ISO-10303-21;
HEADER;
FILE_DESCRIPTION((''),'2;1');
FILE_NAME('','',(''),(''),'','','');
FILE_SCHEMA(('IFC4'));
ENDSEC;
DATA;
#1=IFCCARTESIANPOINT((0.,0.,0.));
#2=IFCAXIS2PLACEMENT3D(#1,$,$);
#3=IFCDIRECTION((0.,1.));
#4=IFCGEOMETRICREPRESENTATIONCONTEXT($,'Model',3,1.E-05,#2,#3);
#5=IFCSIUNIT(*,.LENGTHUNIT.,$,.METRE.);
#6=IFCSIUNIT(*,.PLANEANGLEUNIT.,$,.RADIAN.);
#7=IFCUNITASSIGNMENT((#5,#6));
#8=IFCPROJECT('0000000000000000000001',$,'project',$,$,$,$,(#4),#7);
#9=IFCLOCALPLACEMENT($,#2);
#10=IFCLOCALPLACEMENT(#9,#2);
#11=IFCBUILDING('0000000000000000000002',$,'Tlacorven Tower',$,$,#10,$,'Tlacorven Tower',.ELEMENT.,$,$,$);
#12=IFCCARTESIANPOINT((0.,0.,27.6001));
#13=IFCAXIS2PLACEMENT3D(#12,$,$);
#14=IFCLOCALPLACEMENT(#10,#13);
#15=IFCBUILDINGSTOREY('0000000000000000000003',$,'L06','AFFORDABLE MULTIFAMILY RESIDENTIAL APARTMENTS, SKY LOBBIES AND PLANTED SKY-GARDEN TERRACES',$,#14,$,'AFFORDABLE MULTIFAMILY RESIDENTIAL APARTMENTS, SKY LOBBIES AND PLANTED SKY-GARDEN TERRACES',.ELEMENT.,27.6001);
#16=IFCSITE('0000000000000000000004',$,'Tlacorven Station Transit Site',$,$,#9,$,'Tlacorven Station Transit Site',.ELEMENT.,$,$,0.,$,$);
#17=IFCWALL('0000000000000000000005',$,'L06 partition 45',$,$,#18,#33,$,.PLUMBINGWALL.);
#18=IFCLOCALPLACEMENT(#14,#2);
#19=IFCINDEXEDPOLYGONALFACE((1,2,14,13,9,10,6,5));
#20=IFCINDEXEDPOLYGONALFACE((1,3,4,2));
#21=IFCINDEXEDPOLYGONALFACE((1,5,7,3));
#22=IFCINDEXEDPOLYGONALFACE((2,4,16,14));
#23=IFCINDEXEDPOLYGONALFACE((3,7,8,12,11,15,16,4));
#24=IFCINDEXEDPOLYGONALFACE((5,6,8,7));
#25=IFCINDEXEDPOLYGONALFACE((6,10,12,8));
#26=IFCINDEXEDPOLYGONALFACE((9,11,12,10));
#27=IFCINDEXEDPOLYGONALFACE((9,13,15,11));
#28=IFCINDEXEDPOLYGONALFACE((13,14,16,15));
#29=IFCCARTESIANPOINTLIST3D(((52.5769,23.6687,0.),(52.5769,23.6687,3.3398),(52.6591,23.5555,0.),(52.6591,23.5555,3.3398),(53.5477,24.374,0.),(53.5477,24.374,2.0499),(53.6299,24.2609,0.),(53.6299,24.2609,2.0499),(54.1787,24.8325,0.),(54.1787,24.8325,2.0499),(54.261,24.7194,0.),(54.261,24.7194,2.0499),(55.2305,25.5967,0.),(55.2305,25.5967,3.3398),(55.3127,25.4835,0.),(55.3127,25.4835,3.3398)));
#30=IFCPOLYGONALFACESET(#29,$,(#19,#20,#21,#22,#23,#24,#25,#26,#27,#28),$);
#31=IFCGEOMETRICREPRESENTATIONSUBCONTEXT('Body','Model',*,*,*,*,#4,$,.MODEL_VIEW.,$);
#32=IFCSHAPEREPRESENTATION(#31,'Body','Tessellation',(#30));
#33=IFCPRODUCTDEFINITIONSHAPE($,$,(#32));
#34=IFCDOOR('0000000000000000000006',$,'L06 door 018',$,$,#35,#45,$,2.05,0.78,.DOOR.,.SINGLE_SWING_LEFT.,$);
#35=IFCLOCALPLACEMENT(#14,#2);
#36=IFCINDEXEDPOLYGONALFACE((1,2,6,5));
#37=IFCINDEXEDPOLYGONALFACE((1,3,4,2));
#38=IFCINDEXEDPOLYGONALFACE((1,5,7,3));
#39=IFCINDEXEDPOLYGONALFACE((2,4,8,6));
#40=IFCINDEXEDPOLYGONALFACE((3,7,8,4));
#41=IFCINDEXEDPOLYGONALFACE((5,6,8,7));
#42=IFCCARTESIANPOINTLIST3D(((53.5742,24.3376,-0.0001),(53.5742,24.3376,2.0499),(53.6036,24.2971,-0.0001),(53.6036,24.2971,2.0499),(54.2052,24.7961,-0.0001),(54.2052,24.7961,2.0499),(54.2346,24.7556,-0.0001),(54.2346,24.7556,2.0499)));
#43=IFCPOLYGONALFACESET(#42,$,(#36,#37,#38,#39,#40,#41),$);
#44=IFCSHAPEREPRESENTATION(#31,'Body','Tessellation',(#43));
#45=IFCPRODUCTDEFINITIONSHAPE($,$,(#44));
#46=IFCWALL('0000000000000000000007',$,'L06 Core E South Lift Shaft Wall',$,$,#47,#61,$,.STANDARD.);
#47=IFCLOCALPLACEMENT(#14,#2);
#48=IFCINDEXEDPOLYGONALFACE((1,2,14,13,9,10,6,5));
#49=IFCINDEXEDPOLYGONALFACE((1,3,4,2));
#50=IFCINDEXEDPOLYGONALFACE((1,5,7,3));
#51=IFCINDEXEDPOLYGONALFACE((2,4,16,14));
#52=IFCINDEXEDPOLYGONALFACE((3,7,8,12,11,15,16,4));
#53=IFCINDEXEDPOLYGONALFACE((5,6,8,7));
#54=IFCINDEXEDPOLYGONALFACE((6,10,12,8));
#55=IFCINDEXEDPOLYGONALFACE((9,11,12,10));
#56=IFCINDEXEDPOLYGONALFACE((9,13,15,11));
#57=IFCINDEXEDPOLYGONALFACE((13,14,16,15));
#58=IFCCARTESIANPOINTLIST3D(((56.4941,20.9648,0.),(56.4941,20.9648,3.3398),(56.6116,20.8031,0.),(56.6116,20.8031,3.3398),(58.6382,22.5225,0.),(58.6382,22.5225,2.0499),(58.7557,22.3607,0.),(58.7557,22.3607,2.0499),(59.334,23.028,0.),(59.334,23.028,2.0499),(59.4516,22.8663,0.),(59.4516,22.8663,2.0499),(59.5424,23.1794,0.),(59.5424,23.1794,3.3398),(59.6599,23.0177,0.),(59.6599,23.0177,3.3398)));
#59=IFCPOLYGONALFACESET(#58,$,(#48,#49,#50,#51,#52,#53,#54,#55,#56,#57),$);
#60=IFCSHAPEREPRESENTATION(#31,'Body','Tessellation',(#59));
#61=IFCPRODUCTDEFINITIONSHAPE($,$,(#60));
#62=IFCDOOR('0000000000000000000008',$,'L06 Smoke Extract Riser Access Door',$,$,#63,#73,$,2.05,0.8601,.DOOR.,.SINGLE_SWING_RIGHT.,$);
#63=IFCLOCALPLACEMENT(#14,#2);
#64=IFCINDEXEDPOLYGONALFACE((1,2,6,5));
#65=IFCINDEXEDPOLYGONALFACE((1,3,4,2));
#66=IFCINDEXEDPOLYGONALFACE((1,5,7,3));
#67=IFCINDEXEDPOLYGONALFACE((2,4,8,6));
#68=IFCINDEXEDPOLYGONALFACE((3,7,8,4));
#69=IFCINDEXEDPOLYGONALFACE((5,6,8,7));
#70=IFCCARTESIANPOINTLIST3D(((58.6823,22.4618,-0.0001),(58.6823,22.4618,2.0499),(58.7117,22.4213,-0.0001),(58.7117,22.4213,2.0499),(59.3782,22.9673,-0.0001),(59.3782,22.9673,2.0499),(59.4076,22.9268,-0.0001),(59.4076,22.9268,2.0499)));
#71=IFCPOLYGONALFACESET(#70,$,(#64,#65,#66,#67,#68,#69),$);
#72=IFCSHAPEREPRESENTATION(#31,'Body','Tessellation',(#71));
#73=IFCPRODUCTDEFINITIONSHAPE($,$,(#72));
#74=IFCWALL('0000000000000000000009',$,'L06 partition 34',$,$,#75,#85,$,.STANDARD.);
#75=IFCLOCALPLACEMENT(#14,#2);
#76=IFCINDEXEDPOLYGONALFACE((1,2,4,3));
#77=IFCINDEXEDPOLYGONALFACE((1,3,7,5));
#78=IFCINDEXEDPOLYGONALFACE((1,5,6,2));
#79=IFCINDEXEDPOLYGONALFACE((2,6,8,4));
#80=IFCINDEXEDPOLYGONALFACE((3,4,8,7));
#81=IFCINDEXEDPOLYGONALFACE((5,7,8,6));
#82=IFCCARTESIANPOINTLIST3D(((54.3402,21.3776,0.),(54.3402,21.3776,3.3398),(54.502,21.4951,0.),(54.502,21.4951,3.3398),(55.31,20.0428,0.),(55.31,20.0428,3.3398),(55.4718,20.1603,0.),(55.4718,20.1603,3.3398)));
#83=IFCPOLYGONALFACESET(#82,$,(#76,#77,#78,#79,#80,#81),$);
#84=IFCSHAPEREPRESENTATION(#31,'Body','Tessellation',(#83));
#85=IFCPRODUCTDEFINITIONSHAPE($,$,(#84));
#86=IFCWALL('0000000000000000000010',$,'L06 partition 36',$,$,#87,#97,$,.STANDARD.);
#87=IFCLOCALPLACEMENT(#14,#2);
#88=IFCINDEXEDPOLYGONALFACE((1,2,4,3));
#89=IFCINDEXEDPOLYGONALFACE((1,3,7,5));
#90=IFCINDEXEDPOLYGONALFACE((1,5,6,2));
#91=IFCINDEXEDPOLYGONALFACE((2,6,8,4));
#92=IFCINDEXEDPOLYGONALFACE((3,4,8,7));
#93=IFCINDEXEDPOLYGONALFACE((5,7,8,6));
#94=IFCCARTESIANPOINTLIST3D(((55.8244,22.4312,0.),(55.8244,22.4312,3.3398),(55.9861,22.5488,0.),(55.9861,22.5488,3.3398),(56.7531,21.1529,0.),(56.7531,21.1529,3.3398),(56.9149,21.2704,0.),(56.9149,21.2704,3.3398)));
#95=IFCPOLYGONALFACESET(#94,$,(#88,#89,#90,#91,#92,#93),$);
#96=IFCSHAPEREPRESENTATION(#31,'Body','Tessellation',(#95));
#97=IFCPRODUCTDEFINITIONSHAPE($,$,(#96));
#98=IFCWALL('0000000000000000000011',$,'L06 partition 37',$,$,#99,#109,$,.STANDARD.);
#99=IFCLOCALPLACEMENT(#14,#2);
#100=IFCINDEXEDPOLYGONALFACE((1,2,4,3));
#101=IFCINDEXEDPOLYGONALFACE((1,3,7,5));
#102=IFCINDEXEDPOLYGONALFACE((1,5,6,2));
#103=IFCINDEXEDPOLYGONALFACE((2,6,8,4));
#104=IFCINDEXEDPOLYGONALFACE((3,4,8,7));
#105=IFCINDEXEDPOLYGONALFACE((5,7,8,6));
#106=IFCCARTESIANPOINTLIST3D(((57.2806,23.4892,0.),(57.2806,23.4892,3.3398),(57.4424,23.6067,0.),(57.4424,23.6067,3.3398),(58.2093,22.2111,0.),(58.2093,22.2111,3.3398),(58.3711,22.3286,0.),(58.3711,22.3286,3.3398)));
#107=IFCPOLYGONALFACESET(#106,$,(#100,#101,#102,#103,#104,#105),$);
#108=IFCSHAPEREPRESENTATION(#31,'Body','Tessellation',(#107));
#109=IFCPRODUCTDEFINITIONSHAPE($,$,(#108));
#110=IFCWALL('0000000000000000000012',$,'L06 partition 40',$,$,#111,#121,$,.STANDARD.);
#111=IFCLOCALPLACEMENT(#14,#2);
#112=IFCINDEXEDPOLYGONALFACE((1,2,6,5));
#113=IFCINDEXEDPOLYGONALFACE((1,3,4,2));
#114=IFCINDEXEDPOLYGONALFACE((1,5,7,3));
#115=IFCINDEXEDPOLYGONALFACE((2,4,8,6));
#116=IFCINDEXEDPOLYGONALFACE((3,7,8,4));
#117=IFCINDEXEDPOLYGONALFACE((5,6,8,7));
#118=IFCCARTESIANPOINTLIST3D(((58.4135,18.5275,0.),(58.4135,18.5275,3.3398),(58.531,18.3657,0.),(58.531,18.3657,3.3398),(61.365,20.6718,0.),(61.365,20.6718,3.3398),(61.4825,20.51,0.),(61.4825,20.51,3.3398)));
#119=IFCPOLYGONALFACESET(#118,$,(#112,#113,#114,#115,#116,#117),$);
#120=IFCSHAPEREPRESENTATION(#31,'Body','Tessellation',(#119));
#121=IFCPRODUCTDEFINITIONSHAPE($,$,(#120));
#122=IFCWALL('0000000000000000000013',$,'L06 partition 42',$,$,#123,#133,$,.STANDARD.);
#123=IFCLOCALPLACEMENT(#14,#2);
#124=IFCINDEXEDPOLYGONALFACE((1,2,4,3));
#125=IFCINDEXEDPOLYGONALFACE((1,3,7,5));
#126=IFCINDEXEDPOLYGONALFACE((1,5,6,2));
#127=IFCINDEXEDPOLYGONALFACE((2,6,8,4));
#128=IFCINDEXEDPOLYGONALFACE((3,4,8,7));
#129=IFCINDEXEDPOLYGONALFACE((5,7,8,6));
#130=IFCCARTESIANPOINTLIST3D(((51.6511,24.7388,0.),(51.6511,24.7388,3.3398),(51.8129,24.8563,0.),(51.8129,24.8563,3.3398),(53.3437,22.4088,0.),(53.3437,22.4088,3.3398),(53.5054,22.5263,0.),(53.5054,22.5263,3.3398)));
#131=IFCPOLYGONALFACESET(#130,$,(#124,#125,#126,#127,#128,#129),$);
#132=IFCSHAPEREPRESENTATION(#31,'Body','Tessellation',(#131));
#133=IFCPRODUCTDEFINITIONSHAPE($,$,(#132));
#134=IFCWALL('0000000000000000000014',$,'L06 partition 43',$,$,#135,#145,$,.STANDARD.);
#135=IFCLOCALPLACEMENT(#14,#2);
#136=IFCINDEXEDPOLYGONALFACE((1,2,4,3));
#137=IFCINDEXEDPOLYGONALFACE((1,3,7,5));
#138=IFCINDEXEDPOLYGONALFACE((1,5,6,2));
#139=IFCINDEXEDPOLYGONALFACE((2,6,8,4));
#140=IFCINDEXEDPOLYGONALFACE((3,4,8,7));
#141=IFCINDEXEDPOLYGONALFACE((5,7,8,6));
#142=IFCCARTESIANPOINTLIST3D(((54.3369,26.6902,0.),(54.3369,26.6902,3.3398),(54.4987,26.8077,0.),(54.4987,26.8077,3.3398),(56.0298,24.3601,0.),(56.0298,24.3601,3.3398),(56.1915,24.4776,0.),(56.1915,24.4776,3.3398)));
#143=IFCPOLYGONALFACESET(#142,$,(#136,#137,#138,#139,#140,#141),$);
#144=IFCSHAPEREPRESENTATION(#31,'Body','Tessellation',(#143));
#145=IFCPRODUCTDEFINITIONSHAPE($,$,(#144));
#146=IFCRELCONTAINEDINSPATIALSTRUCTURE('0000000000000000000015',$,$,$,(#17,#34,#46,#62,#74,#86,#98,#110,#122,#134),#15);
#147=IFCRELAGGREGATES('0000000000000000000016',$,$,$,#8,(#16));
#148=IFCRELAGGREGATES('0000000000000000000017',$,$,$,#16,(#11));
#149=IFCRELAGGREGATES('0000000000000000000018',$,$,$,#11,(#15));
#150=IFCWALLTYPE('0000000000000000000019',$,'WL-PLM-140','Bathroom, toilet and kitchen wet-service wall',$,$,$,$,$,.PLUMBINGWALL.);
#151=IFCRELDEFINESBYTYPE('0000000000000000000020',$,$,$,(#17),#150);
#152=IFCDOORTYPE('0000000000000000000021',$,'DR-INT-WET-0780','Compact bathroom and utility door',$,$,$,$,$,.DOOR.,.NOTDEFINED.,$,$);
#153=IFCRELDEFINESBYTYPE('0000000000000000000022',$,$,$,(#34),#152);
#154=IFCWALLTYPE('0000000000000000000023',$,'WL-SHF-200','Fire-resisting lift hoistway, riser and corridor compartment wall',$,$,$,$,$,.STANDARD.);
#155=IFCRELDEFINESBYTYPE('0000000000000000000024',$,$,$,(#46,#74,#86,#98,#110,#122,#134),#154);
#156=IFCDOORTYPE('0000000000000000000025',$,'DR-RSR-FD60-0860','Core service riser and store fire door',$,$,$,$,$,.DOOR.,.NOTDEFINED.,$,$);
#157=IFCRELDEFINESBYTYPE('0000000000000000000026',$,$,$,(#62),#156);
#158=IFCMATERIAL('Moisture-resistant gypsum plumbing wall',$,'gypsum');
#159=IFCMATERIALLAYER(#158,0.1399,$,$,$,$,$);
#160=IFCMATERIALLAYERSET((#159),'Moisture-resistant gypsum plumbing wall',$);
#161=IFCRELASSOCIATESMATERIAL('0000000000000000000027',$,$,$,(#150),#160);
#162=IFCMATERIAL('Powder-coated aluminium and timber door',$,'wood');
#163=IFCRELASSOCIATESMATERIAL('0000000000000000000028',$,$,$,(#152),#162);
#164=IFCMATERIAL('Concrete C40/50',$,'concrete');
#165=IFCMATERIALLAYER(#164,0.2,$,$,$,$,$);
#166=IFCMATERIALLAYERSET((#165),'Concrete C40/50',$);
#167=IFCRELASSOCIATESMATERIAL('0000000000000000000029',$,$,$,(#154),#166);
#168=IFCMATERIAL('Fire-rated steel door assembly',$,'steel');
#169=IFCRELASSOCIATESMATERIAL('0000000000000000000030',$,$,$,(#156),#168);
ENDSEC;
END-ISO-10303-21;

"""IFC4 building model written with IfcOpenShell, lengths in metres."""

from ifc_helpers import new_model, si_unit, direction, frame, frame_2d, origin, place, context, subcontext, project, spatial, rectangle, extrude, source, transform, mapped, material, layer, layer_set, type_object, element, fill, save


model = new_model("IFC4")

# Units and contexts
model_context = context("Model", 3, precision=1e-05, world=origin(), true_north=direction((0.0, 1.0)))
body_context = subcontext(model_context, "Body", "Model", "MODEL_VIEW")
ifc_project = project(units=[si_unit("LENGTHUNIT", "METRE"), si_unit("PLANEANGLEUNIT", "RADIAN")], contexts=[model_context])

# Site, building, storey
site_placement = place(None, origin())
site = spatial("IfcSite", under=ifc_project, at=site_placement, Name="Tlacorven Station Transit Site", LongName="Tlacorven Station Transit Site", CompositionType="ELEMENT", RefElevation=0.0)
building_placement = place(site_placement, origin())
building = spatial("IfcBuilding", under=site, at=building_placement, Name="Tlacorven Tower", LongName="Tlacorven Tower", CompositionType="ELEMENT")
storey_placement = place(building_placement, frame((0.0, 0.0, 27.6001)))
storey = spatial("IfcBuildingStorey", under=building, at=storey_placement, Name="L06", Description="AFFORDABLE MULTIFAMILY RESIDENTIAL APARTMENTS, SKY LOBBIES AND PLANTED SKY-GARDEN TERRACES", LongName="AFFORDABLE MULTIFAMILY RESIDENTIAL APARTMENTS, SKY LOBBIES AND PLANTED SKY-GARDEN TERRACES", CompositionType="ELEMENT", Elevation=27.6001)

# Walls, openings, doors
ifc_material_1 = material(Name="Moisture-resistant gypsum plumbing wall", Category="gypsum")
ifc_layer_1 = layer(ifc_material_1, 0.1399)
ifc_layer_set_1 = layer_set([ifc_layer_1], Name="Moisture-resistant gypsum plumbing wall")
wall_type_1 = type_object("IfcWallType", Name="WL-PLM-140", Description="Bathroom, toilet and kitchen wet-service wall", PredefinedType="PLUMBINGWALL", material=ifc_layer_set_1)
wall_1_placement = place(storey_placement, frame((52.6179, 23.6121, 0.0), z_axis=(0.0, 0.0, 1.0), x_axis=(0.80901, 0.587795, 0.0)))
wall_1 = element("IfcWall", 1, at=wall_1_placement, inside=storey, type_object=wall_type_1, Name="L06 partition 45", PredefinedType="PLUMBINGWALL", context=body_context, shape_type="SweptSolid", body=[
    extrude(rectangle(XDim=3.28, YDim=0.1399, at=frame_2d((1.6401, 0.0))), origin(), (0.0, 0.0, 1.0), 3.3398),
])
opening_1_placement = place(wall_1_placement, frame((1.2, 0.0, 0.0)))
opening_1 = element("IfcOpeningElement", 2, at=opening_1_placement, cuts=wall_1, PredefinedType="OPENING", context=body_context, shape_type="SweptSolid", body=[
    extrude(rectangle(XDim=0.78, YDim=2.05, at=frame_2d((0.3901, 1.0249))), frame((0.0, 0.0801, 0.0), z_axis=(0.0, -1.0, 0.0), x_axis=(1.0, 0.0, 0.0)), (0.0, 0.0, 1.0), 0.1599),
])
ifc_material_2 = material(Name="Powder-coated aluminium and timber door", Category="wood")
door_type_1 = type_object("IfcDoorType", Name="DR-INT-WET-0780", Description="Compact bathroom and utility door", OperationType="NOTDEFINED", PredefinedType="DOOR", material=ifc_material_2)
shared_shape_1 = source(origin(), body_context, "Body", "SweptSolid", [
    extrude(rectangle(XDim=0.78, YDim=2.05, at=frame_2d((0.3901, 1.0249))), frame((0.0, 0.0249, 0.0), z_axis=(0.0, -1.0, 0.0), x_axis=(1.0, 0.0, 0.0)), (0.0, 0.0, 1.0), 0.05),
])
door_1_placement = place(opening_1_placement, origin())
door_1 = element("IfcDoor", 3, at=door_1_placement, inside=storey, type_object=door_type_1, Name="L06 door 018", OperationType="SINGLE_SWING_LEFT", OverallHeight=2.05, OverallWidth=0.78, PredefinedType="DOOR", context=body_context, shape_type="MappedRepresentation", body=[
    mapped(shared_shape_1, transform((0.0, 0.0, 0.0), scale=1.0)),
])
fill(opening_1, door_1)
ifc_material_3 = material(Name="Concrete C40/50", Category="concrete")
ifc_layer_2 = layer(ifc_material_3, 0.2)
ifc_layer_set_2 = layer_set([ifc_layer_2], Name="Concrete C40/50")
wall_type_2 = type_object("IfcWallType", Name="WL-SHF-200", Description="Fire-resisting lift hoistway, riser and corridor compartment wall", PredefinedType="STANDARD", material=ifc_layer_set_2)
wall_2_placement = place(storey_placement, frame((56.553, 20.884, 0.0), z_axis=(0.0, 0.0, 1.0), x_axis=(0.809036, 0.587759, 0.0)))
wall_2 = element("IfcWall", 4, at=wall_2_placement, inside=storey, type_object=wall_type_2, Name="L06 Core E South Lift Shaft Wall", PredefinedType="STANDARD", context=body_context, shape_type="SweptSolid", body=[
    extrude(rectangle(XDim=3.7678, YDim=0.2, at=frame_2d((1.8838, 0.0))), origin(), (0.0, 0.0, 1.0), 3.3398),
])
opening_2_placement = place(wall_2_placement, frame((2.6499, 0.0, 0.0)))
opening_2 = element("IfcOpeningElement", 5, at=opening_2_placement, cuts=wall_2, PredefinedType="OPENING", context=body_context, shape_type="SweptSolid", body=[
    extrude(rectangle(XDim=0.8601, YDim=2.05, at=frame_2d((0.4302, 1.0249))), frame((0.0, 0.1099, 0.0), z_axis=(0.0, -1.0, 0.0), x_axis=(1.0, 0.0, 0.0)), (0.0, 0.0, 1.0), 0.22),
])
ifc_material_4 = material(Name="Fire-rated steel door assembly", Category="steel")
door_type_2 = type_object("IfcDoorType", Name="DR-RSR-FD60-0860", Description="Core service riser and store fire door", OperationType="NOTDEFINED", PredefinedType="DOOR", material=ifc_material_4)
shared_shape_2 = source(origin(), body_context, "Body", "SweptSolid", [
    extrude(rectangle(XDim=0.8601, YDim=2.05, at=frame_2d((0.4302, 1.0249))), frame((0.0, 0.0249, 0.0), z_axis=(0.0, -1.0, 0.0), x_axis=(1.0, 0.0, 0.0)), (0.0, 0.0, 1.0), 0.05),
])
door_2_placement = place(opening_2_placement, origin())
door_2 = element("IfcDoor", 6, at=door_2_placement, inside=storey, type_object=door_type_2, Name="L06 Smoke Extract Riser Access Door", OperationType="SINGLE_SWING_RIGHT", OverallHeight=2.05, OverallWidth=0.8601, PredefinedType="DOOR", context=body_context, shape_type="MappedRepresentation", body=[
    mapped(shared_shape_2, transform((0.0, 0.0, 0.0), scale=1.0)),
])
fill(opening_2, door_2)

# Walls
wall_3_placement = place(storey_placement, frame((55.3909, 20.1016, 0.0), z_axis=(0.0, 0.0, 1.0), x_axis=(-0.587784, 0.809018, 0.0)))
element("IfcWall", 7, at=wall_3_placement, inside=storey, type_object=wall_type_2, Name="L06 partition 34", PredefinedType="STANDARD", context=body_context, shape_type="SweptSolid", body=[
    extrude(rectangle(XDim=1.6499, YDim=0.2, at=frame_2d((0.825, 0.0))), origin(), (0.0, 0.0, 1.0), 3.3398),
])
wall_4_placement = place(storey_placement, frame((56.834, 21.2117, 0.0), z_axis=(0.0, 0.0, 1.0), x_axis=(-0.587767, 0.80903, 0.0)))
element("IfcWall", 8, at=wall_4_placement, inside=storey, type_object=wall_type_2, Name="L06 partition 36", PredefinedType="STANDARD", context=body_context, shape_type="SweptSolid", body=[
    extrude(rectangle(XDim=1.5801, YDim=0.2, at=frame_2d((0.79, 0.0))), origin(), (0.0, 0.0, 1.0), 3.3398),
])
wall_5_placement = place(storey_placement, frame((58.2903, 22.2698, 0.0), z_axis=(0.0, 0.0, 1.0), x_axis=(-0.587841, 0.808977, 0.0)))
element("IfcWall", 9, at=wall_5_placement, inside=storey, type_object=wall_type_2, Name="L06 partition 37", PredefinedType="STANDARD", context=body_context, shape_type="SweptSolid", body=[
    extrude(rectangle(XDim=1.5798, YDim=0.2, at=frame_2d((0.79, 0.0))), origin(), (0.0, 0.0, 1.0), 3.3398),
])
wall_6_placement = place(storey_placement, frame((58.4722, 18.4465, 0.0), z_axis=(0.0, 0.0, 1.0), x_axis=(0.809022, 0.587778, 0.0)))
element("IfcWall", 10, at=wall_6_placement, inside=storey, type_object=wall_type_2, Name="L06 partition 40", PredefinedType="STANDARD", context=body_context, shape_type="SweptSolid", body=[
    extrude(rectangle(XDim=3.6482, YDim=0.2, at=frame_2d((1.8242, 0.0))), origin(), (0.0, 0.0, 1.0), 3.3398),
])
wall_7_placement = place(storey_placement, frame((53.4246, 22.4675, 0.0), z_axis=(0.0, 0.0, 1.0), x_axis=(-0.587723, 0.809062, 0.0)))
element("IfcWall", 11, at=wall_7_placement, inside=storey, type_object=wall_type_2, Name="L06 partition 42", PredefinedType="STANDARD", context=body_context, shape_type="SweptSolid", body=[
    extrude(rectangle(XDim=2.8799, YDim=0.2, at=frame_2d((1.4399, 0.0))), origin(), (0.0, 0.0, 1.0), 3.3398),
])
wall_8_placement = place(storey_placement, frame((56.1106, 24.4189, 0.0), z_axis=(0.0, 0.0, 1.0), x_axis=(-0.587778, 0.809022, 0.0)))
element("IfcWall", 12, at=wall_8_placement, inside=storey, type_object=wall_type_2, Name="L06 partition 43", PredefinedType="STANDARD", context=body_context, shape_type="SweptSolid", body=[
    extrude(rectangle(XDim=2.8801, YDim=0.2, at=frame_2d((1.4399, 0.0))), origin(), (0.0, 0.0, 1.0), 3.3398),
])

save(model, "model.ifc")
